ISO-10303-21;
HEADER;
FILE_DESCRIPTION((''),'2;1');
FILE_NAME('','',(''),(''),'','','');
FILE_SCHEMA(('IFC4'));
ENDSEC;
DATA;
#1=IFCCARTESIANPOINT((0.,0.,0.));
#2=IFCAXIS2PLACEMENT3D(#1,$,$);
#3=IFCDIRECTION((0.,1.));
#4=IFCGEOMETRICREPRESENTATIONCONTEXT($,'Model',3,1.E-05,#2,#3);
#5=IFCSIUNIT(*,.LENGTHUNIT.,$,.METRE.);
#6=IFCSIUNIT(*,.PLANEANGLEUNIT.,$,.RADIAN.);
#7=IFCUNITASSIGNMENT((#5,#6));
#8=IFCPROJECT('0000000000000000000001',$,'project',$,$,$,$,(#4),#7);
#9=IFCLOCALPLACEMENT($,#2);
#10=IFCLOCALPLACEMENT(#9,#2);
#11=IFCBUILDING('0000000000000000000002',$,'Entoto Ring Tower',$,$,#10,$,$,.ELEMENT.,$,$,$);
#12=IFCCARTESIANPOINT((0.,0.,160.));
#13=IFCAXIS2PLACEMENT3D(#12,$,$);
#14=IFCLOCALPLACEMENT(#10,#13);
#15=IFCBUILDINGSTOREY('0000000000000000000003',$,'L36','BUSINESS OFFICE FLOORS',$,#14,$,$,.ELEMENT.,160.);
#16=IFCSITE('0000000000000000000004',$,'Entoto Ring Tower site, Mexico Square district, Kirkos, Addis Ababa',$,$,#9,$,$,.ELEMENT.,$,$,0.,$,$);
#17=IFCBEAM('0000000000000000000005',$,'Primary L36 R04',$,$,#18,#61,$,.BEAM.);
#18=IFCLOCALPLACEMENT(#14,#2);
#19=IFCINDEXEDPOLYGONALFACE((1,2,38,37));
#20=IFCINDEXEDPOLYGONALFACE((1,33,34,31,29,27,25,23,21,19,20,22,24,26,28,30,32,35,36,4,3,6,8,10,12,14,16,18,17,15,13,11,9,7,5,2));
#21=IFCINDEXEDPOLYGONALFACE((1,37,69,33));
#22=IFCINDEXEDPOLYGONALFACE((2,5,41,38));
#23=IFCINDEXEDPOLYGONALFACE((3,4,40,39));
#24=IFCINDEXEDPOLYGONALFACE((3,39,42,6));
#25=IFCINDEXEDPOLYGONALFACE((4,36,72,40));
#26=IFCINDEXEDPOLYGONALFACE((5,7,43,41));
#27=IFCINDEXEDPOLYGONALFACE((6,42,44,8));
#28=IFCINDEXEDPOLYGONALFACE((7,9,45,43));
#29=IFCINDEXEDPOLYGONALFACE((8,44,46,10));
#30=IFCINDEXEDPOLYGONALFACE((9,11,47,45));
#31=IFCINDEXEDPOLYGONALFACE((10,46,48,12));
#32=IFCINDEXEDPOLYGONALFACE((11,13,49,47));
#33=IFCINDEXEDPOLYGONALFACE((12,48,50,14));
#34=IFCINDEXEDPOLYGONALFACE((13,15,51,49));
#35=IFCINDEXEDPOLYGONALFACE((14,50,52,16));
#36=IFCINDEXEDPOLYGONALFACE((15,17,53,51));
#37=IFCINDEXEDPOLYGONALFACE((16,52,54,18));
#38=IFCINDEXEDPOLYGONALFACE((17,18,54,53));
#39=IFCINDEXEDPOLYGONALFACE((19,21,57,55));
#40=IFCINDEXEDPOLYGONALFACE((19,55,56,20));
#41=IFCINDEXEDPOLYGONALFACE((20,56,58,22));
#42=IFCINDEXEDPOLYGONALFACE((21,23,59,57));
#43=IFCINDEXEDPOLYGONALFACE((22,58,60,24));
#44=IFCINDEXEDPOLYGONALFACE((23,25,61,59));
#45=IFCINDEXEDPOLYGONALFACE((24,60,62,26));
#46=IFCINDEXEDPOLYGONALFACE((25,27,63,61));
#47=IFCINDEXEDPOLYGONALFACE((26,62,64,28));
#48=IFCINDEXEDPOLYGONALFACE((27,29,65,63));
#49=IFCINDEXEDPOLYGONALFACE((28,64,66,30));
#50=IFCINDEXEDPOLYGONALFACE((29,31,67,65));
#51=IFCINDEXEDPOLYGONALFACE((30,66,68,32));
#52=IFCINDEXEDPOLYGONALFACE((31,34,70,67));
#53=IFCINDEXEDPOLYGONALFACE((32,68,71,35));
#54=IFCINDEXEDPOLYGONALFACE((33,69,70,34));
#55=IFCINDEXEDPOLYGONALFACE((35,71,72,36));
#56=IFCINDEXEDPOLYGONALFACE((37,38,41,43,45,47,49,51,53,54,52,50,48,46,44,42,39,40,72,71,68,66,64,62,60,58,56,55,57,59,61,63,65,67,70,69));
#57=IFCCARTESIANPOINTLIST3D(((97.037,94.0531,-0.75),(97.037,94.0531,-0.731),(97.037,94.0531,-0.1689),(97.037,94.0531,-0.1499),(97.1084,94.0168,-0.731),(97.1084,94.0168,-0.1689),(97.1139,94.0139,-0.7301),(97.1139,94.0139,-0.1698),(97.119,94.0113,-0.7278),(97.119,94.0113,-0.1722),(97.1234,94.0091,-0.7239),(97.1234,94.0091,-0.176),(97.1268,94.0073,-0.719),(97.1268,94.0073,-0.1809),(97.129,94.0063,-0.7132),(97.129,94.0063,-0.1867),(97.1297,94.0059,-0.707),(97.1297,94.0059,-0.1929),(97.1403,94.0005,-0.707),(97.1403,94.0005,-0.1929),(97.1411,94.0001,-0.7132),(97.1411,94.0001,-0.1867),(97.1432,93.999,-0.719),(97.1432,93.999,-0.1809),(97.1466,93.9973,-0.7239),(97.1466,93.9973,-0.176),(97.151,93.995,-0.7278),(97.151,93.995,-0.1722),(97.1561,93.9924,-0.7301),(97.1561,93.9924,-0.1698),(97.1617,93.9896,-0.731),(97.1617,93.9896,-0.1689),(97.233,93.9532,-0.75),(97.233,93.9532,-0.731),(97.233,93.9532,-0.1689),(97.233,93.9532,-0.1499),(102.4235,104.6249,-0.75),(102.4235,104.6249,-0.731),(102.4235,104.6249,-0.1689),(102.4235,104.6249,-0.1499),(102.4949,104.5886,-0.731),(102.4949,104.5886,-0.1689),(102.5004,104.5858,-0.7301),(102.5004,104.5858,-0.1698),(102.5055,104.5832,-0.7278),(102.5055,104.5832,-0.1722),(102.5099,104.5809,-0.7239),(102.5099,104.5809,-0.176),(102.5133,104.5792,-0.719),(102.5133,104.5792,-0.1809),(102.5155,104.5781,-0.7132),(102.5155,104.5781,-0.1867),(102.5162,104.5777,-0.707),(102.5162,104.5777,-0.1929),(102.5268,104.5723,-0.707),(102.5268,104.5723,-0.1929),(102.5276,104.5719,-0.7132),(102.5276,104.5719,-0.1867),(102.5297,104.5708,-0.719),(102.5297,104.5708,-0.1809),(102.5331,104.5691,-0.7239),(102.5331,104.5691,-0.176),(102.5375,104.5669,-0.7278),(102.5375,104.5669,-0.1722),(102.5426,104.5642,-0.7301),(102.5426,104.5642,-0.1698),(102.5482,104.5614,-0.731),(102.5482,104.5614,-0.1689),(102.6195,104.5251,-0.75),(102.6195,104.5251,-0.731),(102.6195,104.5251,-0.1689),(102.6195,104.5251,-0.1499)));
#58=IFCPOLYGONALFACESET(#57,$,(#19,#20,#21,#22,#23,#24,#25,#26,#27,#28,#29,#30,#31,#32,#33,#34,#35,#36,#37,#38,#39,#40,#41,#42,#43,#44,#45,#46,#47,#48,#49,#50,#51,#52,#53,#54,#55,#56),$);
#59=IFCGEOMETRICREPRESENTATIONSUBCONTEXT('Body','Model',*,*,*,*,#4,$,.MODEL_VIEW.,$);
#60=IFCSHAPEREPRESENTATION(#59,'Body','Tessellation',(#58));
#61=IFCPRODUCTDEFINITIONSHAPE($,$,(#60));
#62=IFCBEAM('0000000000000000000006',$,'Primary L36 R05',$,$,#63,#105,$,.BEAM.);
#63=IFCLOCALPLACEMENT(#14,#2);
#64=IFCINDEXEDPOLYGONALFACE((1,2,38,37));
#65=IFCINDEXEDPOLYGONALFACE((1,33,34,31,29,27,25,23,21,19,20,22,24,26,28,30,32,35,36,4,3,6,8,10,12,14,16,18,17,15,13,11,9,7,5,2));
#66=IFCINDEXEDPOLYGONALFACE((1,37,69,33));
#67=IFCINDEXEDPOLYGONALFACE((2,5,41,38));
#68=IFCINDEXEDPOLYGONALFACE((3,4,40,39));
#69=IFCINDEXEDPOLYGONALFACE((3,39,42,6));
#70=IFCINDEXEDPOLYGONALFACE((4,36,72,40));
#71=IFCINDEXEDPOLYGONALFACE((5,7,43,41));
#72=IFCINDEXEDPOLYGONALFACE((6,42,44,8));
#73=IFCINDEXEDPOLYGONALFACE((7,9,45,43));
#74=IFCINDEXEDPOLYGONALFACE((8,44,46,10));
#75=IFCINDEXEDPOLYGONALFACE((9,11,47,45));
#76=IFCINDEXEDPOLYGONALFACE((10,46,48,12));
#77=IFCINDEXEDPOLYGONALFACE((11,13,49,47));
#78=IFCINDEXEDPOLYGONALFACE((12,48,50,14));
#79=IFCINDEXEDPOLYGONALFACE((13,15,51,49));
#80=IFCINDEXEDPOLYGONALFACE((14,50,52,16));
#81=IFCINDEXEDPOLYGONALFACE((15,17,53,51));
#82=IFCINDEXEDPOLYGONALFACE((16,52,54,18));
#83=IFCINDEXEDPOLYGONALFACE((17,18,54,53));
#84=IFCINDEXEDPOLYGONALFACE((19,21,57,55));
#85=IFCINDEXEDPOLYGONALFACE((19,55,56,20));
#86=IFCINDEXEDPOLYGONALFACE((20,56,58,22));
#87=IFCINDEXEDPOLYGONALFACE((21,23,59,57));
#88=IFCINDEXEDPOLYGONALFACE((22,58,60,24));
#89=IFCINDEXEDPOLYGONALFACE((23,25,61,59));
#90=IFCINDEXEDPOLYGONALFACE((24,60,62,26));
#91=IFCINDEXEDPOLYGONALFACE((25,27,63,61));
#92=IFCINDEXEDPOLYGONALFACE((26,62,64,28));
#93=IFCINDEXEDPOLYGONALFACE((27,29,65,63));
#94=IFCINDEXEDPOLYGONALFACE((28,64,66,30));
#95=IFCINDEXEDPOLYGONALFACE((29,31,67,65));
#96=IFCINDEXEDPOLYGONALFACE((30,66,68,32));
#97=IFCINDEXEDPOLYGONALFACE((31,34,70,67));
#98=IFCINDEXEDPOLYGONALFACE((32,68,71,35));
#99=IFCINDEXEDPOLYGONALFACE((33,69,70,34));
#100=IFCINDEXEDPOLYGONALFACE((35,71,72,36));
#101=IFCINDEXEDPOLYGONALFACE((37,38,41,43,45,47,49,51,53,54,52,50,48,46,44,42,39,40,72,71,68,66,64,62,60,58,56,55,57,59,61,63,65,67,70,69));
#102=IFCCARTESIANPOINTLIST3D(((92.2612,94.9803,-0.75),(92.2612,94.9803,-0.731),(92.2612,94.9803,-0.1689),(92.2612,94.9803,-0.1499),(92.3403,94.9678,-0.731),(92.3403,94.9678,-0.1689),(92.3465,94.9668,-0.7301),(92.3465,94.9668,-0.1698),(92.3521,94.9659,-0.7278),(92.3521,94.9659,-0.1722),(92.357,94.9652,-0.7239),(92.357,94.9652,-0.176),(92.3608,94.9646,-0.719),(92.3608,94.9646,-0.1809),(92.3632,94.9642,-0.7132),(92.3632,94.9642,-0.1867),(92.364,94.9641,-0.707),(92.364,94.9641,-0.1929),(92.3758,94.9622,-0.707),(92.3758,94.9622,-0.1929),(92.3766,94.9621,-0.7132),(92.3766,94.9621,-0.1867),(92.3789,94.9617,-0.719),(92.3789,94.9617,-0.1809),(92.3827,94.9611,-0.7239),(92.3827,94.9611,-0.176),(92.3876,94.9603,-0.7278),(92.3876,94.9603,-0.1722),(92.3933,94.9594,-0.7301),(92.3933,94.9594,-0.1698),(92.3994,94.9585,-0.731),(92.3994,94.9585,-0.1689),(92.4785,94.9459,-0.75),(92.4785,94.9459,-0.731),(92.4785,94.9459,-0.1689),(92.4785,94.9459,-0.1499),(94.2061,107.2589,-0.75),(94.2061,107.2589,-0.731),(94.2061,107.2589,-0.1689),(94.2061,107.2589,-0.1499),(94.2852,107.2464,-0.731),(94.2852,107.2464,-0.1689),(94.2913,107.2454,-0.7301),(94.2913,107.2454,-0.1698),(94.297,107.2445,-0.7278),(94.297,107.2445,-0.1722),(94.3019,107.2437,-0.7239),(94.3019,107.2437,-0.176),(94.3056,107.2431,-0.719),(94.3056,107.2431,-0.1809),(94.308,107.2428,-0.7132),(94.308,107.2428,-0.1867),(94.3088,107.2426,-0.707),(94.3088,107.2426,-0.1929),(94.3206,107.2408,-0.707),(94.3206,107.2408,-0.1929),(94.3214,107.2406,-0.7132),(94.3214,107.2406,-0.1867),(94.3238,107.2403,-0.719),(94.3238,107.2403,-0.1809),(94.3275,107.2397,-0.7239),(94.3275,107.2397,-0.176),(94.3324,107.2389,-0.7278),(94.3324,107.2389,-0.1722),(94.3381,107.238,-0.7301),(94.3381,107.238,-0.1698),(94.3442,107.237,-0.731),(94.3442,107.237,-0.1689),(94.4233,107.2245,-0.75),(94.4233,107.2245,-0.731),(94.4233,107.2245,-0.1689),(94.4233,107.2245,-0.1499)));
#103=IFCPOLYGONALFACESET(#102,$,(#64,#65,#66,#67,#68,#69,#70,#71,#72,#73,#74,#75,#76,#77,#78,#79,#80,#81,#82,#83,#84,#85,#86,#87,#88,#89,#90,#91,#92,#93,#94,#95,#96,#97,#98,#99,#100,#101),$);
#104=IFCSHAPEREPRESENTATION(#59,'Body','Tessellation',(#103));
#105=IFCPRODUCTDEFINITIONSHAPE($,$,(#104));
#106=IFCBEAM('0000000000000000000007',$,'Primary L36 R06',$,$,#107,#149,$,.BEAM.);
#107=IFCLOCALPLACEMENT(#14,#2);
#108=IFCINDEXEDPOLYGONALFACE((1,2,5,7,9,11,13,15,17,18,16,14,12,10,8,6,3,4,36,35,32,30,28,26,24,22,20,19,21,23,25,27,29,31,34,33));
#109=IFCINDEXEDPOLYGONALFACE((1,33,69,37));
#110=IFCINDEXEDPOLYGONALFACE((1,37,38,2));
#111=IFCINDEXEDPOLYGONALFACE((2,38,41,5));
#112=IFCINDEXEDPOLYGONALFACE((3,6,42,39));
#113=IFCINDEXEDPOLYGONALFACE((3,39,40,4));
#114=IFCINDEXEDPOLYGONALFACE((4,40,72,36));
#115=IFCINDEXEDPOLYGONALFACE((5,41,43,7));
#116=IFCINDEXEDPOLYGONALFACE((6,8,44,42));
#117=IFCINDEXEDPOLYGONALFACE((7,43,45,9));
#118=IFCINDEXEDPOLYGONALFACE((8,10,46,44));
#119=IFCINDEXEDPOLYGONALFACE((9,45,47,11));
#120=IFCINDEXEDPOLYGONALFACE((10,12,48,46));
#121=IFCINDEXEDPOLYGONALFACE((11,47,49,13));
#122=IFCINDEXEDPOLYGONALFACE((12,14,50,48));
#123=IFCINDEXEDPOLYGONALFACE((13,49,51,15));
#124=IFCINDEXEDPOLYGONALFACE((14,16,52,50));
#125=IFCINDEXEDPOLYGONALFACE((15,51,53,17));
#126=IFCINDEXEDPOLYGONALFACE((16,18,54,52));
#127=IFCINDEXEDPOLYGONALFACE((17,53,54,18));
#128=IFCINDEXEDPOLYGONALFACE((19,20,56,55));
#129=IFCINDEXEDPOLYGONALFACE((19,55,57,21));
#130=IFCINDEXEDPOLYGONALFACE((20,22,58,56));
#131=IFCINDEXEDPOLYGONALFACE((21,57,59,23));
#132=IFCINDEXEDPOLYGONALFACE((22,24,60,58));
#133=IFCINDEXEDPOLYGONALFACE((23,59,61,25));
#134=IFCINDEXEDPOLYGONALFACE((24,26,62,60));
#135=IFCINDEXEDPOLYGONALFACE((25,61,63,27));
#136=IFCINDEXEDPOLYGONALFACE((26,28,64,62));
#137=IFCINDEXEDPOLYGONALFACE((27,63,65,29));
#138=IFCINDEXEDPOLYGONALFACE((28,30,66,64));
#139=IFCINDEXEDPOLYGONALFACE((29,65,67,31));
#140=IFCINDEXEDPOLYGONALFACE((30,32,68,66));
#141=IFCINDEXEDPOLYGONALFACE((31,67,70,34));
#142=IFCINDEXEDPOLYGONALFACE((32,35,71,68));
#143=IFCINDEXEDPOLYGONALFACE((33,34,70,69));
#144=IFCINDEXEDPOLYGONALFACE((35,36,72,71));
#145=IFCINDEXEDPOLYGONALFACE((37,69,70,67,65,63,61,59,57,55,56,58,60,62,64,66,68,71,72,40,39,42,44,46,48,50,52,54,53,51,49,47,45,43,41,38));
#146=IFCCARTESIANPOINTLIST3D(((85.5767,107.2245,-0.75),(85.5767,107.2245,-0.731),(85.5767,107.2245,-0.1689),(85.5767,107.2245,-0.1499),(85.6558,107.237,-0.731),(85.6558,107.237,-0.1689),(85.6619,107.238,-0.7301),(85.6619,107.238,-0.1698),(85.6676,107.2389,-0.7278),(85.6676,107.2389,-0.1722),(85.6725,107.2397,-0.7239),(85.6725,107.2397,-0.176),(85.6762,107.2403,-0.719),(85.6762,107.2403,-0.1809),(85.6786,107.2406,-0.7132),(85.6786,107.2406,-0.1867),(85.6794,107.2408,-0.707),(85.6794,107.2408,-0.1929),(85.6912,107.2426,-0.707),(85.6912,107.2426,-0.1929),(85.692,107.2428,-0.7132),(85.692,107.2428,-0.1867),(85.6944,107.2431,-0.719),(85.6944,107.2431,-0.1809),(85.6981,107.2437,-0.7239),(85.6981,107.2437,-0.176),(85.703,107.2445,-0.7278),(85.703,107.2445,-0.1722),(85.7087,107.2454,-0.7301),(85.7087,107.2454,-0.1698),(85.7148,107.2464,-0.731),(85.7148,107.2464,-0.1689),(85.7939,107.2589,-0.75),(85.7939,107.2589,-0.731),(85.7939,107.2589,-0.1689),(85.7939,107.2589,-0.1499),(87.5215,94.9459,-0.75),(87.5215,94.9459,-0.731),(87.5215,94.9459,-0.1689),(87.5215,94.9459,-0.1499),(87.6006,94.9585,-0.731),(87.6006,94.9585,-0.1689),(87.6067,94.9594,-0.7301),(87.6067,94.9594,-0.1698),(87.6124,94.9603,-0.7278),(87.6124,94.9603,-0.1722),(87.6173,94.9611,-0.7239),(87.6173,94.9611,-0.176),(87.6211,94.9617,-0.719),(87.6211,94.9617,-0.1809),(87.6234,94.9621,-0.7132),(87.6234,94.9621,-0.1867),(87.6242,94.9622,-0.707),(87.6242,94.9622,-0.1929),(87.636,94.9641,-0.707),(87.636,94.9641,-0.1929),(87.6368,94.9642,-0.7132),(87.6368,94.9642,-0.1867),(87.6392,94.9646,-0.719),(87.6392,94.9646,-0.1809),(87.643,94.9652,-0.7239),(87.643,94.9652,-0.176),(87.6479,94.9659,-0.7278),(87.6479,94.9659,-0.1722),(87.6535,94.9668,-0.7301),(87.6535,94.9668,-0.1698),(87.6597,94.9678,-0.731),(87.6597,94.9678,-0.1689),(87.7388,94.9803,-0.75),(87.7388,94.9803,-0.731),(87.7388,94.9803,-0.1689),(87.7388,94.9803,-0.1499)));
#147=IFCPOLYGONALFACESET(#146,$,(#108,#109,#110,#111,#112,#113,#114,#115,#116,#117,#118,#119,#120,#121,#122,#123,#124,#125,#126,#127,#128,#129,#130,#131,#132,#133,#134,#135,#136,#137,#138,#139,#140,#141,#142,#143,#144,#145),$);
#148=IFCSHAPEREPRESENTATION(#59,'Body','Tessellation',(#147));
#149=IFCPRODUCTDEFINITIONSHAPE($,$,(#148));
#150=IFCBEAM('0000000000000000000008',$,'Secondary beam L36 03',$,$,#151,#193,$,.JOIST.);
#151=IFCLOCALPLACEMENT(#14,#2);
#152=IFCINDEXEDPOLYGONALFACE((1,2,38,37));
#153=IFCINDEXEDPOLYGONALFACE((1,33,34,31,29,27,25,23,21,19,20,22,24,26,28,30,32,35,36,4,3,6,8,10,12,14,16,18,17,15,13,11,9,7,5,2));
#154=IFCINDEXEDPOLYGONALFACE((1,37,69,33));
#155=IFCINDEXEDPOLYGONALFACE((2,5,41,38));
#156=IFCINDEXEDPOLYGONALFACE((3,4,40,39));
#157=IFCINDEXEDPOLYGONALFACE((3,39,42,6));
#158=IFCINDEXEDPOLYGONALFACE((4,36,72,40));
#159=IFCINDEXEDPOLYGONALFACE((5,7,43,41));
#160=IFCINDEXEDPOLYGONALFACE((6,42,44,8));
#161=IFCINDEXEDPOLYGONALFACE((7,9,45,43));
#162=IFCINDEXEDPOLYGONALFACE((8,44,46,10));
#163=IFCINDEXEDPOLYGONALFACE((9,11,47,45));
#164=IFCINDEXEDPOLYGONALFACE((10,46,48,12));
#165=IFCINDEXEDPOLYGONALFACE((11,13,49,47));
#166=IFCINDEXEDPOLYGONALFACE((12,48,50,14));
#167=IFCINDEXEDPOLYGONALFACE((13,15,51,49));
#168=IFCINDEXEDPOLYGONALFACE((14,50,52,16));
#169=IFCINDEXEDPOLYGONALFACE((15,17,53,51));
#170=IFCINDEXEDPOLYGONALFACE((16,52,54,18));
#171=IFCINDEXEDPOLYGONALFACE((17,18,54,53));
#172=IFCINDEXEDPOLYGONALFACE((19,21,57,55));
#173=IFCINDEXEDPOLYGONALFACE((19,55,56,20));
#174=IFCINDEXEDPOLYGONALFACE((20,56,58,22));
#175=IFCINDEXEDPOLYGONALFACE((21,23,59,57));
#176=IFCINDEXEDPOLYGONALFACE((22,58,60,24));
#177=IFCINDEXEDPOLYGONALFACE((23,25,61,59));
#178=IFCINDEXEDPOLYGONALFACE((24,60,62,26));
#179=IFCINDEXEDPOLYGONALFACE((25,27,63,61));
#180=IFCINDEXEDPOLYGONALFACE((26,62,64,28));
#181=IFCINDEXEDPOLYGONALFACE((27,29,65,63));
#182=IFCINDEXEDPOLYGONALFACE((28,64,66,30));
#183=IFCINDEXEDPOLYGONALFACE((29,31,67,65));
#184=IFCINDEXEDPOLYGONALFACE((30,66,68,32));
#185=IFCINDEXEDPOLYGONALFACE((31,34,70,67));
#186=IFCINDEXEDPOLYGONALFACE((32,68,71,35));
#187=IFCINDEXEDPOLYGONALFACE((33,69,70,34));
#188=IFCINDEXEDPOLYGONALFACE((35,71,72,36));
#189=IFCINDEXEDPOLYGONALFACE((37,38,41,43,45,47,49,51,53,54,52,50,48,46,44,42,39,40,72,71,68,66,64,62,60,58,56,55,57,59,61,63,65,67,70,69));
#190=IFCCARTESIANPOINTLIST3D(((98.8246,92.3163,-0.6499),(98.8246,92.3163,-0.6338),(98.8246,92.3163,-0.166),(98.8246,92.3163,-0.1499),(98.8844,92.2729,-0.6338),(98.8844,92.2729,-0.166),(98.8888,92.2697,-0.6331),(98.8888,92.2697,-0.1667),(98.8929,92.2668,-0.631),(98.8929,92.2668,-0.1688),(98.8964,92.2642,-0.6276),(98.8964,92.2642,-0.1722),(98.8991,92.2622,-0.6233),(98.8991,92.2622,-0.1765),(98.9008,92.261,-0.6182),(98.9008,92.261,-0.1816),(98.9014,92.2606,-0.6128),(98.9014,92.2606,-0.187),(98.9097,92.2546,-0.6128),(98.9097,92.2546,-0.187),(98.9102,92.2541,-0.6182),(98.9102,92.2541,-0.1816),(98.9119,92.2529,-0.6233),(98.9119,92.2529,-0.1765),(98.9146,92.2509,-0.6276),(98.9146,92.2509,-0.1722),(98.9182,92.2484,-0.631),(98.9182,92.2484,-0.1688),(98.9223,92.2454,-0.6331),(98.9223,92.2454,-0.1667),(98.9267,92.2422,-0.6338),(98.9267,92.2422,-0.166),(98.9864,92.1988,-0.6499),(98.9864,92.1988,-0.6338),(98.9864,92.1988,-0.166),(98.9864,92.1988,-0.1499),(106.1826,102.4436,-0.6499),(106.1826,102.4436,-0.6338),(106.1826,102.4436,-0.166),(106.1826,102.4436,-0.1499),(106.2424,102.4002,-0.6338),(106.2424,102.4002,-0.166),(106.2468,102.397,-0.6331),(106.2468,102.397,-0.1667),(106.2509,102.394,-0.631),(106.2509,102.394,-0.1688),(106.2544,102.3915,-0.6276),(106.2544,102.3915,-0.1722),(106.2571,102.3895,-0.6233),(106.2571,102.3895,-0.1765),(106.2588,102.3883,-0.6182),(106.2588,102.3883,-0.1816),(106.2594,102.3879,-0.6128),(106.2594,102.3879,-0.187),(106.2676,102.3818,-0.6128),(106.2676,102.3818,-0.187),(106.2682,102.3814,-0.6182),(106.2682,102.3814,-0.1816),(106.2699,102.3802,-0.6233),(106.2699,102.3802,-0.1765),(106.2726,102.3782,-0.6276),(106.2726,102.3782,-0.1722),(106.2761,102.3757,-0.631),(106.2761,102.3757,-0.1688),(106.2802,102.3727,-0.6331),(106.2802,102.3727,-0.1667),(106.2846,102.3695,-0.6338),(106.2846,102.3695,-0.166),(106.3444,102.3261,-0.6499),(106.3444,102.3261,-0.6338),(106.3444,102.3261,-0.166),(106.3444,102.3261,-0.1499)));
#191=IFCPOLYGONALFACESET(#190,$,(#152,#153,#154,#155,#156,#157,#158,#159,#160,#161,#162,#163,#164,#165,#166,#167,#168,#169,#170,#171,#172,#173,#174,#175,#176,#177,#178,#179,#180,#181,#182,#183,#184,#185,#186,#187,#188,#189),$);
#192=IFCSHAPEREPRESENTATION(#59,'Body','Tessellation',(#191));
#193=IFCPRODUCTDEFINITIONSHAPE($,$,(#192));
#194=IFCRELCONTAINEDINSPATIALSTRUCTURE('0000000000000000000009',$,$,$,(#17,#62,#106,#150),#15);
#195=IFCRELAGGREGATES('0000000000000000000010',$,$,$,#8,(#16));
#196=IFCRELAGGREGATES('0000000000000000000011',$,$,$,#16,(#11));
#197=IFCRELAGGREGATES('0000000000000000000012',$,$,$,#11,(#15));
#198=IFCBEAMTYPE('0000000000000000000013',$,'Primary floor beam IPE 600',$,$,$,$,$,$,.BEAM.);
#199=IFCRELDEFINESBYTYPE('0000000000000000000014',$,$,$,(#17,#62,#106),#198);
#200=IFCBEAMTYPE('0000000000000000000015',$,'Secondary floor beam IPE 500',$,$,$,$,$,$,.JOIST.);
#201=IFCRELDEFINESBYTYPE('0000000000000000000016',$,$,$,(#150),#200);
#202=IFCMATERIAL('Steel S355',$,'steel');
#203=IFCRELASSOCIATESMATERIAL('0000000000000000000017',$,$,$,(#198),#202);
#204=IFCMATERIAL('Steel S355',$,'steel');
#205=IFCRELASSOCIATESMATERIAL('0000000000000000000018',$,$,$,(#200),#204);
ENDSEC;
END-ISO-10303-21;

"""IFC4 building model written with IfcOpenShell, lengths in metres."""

from ifc_helpers import new_model, si_unit, direction, frame, origin, origin_2d, place, context, subcontext, project, spatial, i_section, extrude, material, material_profile, profile_set, type_object, element, save


model = new_model("IFC4")

# Units and contexts
model_context = context("Model", 3, precision=1e-05, world=origin(), true_north=direction((0.0, 1.0)))
body_context = subcontext(model_context, "Body", "Model", "MODEL_VIEW")
ifc_project = project(units=[si_unit("LENGTHUNIT", "METRE"), si_unit("PLANEANGLEUNIT", "RADIAN")], contexts=[model_context])

# Site, building, storey
site_placement = place(None, origin())
site = spatial("IfcSite", under=ifc_project, at=site_placement, Name="Entoto Ring Tower site, Mexico Square district, Kirkos, Addis Ababa", CompositionType="ELEMENT", RefElevation=0.0)
building_placement = place(site_placement, origin())
building = spatial("IfcBuilding", under=site, at=building_placement, Name="Entoto Ring Tower", CompositionType="ELEMENT")
storey_placement = place(building_placement, frame((0.0, 0.0, 160.0)))
storey = spatial("IfcBuildingStorey", under=building, at=storey_placement, Name="L36", Description="BUSINESS OFFICE FLOORS", CompositionType="ELEMENT", Elevation=160.0)

# Beams
ifc_material_1 = material(Name="Steel S355", Category="steel")
ifc_material_profile_1 = material_profile(ifc_material_1, i_section(OverallWidth=0.22, OverallDepth=0.6001, WebThickness=0.012, FlangeThickness=0.019, FilletRadius=0.0239, at=origin_2d()), Name="IPE 600")
ifc_profile_set_1 = profile_set([ifc_material_profile_1], Name="Steel S355")
beam_type_1 = type_object("IfcBeamType", Name="Primary floor beam IPE 600", PredefinedType="BEAM", material=ifc_profile_set_1)
beam_1_placement = place(storey_placement, frame((97.135, 94.0032, -0.45), z_axis=(0.453983, 0.89101, 0.0), x_axis=(-0.89101, 0.453983, 0.0)))
element("IfcBeam", 1, at=beam_1_placement, inside=storey, type_object=beam_type_1, Name="Primary L36 R04", PredefinedType="BEAM", context=body_context, shape_type="SweptSolid", body=[
    extrude(i_section(OverallWidth=0.22, OverallDepth=0.6001, WebThickness=0.012, FlangeThickness=0.019, FilletRadius=0.0239, at=origin_2d()), origin(), (0.0, 0.0, 1.0), 11.865),
])
for number, where, z_axis, x_axis, name in (
    (2, (92.3699, 94.9631, -0.45), (0.156442, 0.987687, 0.0), (-0.987687, 0.156442, 0.0), "Primary L36 R05"),
    (3, (87.6301, 94.9631, -0.45), (-0.156442, 0.987687, 0.0), (-0.987687, -0.156442, 0.0), "Primary L36 R06"),
):
    element("IfcBeam", number, at=place(storey_placement, frame(where, z_axis=z_axis, x_axis=x_axis)), inside=storey, type_object=beam_type_1, Name=name, PredefinedType="BEAM", context=body_context, shape_type="SweptSolid", body=[
        extrude(i_section(OverallWidth=0.22, OverallDepth=0.6001, WebThickness=0.012, FlangeThickness=0.019, FilletRadius=0.0239, at=origin_2d()), origin(), (0.0, 0.0, 1.0), 12.4316),
    ])
ifc_material_2 = material(Name="Steel S355", Category="steel")
ifc_material_profile_2 = material_profile(ifc_material_2, i_section(OverallWidth=0.2, OverallDepth=0.5, WebThickness=0.0103, FlangeThickness=0.0161, FilletRadius=0.021, at=origin_2d()), Name="IPE 500")
ifc_profile_set_2 = profile_set([ifc_material_profile_2], Name="Steel S355")
beam_type_2 = type_object("IfcBeamType", Name="Secondary floor beam IPE 500", PredefinedType="JOIST", material=ifc_profile_set_2)
beam_2_placement = place(storey_placement, frame((98.9055, 92.2576, -0.3999), z_axis=(0.587789, 0.809014, 0.0), x_axis=(-0.809014, 0.587789, 0.0)))
element("IfcBeam", 4, at=beam_2_placement, inside=storey, type_object=beam_type_2, Name="Secondary beam L36 03", PredefinedType="JOIST", context=body_context, shape_type="SweptSolid", body=[
    extrude(i_section(OverallWidth=0.2, OverallDepth=0.5, WebThickness=0.0103, FlangeThickness=0.0161, FilletRadius=0.021, at=origin_2d()), origin(), (0.0, 0.0, 1.0), 12.5181),
])

save(model, "model.ifc")
